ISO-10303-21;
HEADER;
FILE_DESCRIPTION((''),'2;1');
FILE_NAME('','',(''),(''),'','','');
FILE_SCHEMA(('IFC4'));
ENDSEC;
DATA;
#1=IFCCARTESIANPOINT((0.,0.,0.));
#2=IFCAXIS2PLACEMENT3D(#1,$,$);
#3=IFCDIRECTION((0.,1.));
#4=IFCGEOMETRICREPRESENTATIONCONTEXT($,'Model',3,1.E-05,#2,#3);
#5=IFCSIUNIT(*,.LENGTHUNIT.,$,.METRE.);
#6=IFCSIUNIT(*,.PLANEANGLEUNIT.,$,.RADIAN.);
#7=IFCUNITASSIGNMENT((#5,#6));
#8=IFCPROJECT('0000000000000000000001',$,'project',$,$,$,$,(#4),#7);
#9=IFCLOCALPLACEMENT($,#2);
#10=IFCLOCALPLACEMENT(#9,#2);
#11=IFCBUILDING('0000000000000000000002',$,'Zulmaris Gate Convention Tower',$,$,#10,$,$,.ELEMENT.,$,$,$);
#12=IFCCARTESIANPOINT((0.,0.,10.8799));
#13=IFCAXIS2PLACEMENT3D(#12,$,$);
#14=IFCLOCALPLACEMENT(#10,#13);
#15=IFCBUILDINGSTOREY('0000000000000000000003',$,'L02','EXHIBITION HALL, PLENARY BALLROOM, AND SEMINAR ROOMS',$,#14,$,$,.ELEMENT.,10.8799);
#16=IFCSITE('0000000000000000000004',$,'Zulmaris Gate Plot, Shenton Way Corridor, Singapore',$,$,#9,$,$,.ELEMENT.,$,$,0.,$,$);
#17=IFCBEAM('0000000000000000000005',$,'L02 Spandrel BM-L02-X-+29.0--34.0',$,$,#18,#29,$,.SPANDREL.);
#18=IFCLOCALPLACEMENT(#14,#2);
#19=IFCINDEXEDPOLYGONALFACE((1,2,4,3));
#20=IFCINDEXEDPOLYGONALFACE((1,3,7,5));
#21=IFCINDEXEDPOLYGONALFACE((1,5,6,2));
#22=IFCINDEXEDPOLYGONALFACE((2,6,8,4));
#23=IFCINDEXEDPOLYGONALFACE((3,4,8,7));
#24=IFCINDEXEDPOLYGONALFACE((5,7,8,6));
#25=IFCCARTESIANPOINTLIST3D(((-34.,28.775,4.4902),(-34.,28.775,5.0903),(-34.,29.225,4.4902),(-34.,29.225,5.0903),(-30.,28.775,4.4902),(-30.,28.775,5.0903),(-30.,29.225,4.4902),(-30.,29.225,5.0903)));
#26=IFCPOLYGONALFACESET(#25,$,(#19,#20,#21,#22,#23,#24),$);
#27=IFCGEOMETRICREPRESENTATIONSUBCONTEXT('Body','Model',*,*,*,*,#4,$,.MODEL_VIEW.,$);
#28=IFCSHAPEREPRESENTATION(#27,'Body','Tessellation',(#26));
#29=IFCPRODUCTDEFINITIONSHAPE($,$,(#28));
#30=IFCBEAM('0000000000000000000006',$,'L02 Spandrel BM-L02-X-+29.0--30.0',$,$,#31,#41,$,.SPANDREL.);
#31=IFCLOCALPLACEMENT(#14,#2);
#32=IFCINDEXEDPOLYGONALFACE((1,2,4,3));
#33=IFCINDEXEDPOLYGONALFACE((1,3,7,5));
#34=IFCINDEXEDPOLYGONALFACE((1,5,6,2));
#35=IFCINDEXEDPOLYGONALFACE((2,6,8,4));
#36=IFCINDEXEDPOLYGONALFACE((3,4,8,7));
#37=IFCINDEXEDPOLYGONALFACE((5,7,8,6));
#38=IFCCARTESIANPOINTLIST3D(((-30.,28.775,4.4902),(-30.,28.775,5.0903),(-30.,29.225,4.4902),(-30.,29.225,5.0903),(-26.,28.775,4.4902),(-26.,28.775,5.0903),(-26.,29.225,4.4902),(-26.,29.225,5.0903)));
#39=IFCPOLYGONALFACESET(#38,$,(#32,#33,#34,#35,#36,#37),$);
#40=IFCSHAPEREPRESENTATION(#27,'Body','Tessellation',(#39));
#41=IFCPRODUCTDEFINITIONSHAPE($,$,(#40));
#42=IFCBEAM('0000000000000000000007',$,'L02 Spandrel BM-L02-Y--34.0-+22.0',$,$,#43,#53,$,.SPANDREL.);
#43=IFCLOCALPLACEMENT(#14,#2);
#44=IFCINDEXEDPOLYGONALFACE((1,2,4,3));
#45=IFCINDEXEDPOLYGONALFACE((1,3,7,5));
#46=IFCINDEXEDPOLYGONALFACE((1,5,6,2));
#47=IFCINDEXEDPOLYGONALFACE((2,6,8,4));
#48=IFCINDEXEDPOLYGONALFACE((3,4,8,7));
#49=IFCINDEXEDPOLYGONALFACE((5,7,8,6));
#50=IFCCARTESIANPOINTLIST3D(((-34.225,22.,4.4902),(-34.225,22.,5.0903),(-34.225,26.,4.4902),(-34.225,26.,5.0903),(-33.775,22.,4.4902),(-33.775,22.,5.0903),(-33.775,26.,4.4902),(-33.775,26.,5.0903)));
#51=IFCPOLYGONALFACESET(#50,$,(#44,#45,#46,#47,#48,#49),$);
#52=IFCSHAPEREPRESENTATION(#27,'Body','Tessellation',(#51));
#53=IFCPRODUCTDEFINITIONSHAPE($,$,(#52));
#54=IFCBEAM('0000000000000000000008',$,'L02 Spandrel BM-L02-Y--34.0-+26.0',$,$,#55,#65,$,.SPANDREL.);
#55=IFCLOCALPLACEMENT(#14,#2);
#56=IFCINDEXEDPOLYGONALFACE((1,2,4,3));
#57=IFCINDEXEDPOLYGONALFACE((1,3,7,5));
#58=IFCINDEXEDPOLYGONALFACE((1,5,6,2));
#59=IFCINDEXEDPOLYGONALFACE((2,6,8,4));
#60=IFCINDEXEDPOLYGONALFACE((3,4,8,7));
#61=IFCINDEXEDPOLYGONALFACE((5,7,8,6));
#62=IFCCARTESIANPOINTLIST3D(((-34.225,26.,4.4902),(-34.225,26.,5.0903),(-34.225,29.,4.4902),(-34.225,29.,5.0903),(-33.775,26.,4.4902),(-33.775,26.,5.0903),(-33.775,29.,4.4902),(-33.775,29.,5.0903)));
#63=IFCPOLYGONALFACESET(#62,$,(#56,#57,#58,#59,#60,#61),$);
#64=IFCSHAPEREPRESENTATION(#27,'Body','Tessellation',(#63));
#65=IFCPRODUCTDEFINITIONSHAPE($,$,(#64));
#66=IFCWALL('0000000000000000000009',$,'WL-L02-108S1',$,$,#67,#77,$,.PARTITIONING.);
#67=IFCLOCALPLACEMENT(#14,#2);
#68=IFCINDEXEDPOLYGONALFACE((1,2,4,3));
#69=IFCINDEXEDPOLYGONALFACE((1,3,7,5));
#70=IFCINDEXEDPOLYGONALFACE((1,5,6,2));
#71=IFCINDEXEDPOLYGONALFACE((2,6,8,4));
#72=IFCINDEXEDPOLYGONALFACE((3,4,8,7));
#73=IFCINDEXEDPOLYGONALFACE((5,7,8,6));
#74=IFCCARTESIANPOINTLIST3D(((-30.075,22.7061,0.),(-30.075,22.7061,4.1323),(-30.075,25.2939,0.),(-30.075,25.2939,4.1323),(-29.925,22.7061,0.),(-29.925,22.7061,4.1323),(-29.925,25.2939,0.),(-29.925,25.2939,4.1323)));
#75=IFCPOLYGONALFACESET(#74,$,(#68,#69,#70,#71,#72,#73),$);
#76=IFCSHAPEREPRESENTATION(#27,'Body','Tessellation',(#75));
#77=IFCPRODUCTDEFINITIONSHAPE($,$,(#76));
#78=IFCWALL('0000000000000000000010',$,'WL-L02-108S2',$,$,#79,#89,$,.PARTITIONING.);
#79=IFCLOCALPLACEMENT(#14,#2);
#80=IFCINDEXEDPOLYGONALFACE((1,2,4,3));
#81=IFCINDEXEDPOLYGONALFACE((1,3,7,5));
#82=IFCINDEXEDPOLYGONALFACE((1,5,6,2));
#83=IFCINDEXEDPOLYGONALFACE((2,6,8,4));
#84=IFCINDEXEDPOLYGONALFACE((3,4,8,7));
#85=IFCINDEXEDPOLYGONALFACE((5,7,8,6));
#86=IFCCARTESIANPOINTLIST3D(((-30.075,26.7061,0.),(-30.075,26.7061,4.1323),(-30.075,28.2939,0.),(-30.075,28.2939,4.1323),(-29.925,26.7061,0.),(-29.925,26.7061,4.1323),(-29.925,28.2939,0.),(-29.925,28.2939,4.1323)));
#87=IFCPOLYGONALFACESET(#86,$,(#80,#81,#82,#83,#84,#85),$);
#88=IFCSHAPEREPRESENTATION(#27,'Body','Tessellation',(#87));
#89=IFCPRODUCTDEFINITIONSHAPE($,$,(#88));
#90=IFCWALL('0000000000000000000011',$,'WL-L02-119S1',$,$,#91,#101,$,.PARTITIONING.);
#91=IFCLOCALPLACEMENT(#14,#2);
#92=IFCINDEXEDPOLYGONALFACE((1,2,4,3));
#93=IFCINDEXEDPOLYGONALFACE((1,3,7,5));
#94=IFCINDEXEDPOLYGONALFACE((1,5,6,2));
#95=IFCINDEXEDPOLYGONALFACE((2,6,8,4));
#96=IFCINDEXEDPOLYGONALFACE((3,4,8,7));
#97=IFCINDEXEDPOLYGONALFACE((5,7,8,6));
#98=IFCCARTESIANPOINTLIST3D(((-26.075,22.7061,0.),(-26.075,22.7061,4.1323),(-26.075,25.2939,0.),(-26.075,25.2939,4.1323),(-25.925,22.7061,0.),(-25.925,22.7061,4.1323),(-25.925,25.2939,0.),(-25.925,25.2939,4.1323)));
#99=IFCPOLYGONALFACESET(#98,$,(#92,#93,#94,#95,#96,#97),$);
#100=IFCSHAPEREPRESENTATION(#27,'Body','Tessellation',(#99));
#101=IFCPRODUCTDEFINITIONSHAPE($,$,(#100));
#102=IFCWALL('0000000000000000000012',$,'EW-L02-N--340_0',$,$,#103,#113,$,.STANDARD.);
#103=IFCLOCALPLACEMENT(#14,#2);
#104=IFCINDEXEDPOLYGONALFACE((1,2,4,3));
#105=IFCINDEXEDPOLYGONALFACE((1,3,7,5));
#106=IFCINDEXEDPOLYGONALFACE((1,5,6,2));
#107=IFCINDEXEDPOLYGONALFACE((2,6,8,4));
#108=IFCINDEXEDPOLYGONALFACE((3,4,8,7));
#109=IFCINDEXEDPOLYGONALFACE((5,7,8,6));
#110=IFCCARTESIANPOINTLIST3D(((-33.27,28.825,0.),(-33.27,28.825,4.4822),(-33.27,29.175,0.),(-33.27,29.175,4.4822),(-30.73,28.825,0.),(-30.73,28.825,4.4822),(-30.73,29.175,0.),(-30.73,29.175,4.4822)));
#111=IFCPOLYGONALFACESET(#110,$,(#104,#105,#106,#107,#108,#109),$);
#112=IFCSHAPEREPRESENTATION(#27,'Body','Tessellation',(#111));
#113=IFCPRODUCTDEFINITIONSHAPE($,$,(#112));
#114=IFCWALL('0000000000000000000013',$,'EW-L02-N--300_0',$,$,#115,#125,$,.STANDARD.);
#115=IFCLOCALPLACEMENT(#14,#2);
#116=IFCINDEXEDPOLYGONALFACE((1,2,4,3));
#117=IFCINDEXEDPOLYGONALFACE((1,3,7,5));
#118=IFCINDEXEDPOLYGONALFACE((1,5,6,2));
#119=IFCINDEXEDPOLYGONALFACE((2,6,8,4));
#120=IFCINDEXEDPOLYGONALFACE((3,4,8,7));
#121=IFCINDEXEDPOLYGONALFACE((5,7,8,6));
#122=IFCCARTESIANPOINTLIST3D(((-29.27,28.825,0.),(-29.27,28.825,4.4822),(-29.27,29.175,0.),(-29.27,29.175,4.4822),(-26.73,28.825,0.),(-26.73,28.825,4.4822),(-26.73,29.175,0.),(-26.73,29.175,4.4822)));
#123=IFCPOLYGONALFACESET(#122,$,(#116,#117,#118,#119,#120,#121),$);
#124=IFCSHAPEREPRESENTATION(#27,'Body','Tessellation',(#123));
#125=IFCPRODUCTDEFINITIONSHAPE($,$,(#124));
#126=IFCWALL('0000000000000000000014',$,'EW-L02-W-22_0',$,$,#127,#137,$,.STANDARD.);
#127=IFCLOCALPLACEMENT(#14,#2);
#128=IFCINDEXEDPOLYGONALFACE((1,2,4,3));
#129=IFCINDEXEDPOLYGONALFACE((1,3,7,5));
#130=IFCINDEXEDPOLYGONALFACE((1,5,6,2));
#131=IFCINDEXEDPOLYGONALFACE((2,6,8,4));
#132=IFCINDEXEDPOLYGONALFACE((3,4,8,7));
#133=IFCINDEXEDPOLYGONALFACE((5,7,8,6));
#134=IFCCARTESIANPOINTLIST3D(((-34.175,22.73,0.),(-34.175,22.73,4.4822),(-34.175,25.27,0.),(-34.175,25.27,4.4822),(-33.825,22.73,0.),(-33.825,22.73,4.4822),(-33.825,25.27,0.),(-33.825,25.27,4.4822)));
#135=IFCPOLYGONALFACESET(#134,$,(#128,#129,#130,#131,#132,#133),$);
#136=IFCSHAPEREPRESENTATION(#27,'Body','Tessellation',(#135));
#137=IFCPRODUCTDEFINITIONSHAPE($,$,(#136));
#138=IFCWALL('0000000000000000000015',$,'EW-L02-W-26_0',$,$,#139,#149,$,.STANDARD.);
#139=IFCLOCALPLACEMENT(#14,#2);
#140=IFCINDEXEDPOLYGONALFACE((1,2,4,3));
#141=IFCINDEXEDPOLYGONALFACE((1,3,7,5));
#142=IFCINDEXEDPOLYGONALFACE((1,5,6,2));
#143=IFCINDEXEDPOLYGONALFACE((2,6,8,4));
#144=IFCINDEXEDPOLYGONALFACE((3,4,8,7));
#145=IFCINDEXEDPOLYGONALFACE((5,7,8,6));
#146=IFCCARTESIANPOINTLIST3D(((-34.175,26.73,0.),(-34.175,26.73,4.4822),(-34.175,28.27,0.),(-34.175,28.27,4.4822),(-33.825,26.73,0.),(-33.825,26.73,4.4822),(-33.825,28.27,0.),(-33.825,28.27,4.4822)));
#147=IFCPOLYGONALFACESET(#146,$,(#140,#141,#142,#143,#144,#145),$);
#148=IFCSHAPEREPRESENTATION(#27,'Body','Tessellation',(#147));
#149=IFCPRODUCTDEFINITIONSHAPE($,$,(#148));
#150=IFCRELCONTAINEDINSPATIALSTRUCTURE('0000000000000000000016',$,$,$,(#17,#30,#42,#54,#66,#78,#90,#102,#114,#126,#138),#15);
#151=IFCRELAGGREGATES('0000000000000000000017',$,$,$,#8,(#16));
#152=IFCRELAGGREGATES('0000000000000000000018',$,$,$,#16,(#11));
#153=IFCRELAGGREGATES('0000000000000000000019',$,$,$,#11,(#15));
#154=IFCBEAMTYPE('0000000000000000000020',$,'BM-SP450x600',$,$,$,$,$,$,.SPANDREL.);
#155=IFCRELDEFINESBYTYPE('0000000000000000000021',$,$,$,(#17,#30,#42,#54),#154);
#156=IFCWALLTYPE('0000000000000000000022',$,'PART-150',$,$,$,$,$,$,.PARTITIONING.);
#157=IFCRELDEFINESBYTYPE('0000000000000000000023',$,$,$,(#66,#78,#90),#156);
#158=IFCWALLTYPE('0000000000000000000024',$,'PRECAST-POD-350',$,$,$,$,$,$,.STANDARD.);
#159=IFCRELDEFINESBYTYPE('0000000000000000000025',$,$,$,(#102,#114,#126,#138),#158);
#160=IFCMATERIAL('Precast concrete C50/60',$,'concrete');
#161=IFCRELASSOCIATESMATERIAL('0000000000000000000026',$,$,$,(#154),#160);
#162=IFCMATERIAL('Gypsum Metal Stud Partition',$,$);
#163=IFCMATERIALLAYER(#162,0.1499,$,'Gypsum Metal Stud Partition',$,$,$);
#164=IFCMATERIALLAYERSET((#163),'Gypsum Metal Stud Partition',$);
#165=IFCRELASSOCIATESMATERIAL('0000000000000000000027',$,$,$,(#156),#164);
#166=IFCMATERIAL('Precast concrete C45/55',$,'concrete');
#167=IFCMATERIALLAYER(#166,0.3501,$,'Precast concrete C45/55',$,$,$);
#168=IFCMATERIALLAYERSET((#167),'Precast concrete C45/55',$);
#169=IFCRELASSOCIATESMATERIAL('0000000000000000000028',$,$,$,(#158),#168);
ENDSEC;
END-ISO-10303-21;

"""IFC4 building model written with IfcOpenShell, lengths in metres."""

from ifc_helpers import new_model, si_unit, direction, frame, frame_2d, origin, origin_2d, place, context, subcontext, project, spatial, rectangle, extrude, material, layer, layer_set, material_profile, profile_set, type_object, element, save


model = new_model("IFC4")

# Units and contexts
model_context = context("Model", 3, precision=1e-05, world=origin(), true_north=direction((0.0, 1.0)))
body_context = subcontext(model_context, "Body", "Model", "MODEL_VIEW")
ifc_project = project(units=[si_unit("LENGTHUNIT", "METRE"), si_unit("PLANEANGLEUNIT", "RADIAN")], contexts=[model_context])

# Site, building, storey
site_placement = place(None, origin())
site = spatial("IfcSite", under=ifc_project, at=site_placement, Name="Zulmaris Gate Plot, Shenton Way Corridor, Singapore", CompositionType="ELEMENT", RefElevation=0.0)
building_placement = place(site_placement, origin())
building = spatial("IfcBuilding", under=site, at=building_placement, Name="Zulmaris Gate Convention Tower", CompositionType="ELEMENT")
storey_placement = place(building_placement, frame((0.0, 0.0, 10.8799)))
storey = spatial("IfcBuildingStorey", under=building, at=storey_placement, Name="L02", Description="EXHIBITION HALL, PLENARY BALLROOM, AND SEMINAR ROOMS", CompositionType="ELEMENT", Elevation=10.8799)

# Beams
ifc_material_1 = material(Name="Precast concrete C50/60", Category="concrete")
ifc_material_profile_1 = material_profile(ifc_material_1, rectangle(XDim=0.45, YDim=0.6001, at=origin_2d()), Name="RC SPANDREL 450x600")
ifc_profile_set_1 = profile_set([ifc_material_profile_1], Name="Precast concrete C50/60")
beam_type_1 = type_object("IfcBeamType", Name="BM-SP450x600", PredefinedType="SPANDREL", material=ifc_profile_set_1)
for number, where, z_axis, x_axis, name in (
    (1, (-34.0, 29.0, 4.7903), (1.0, 0.0, 0.0), (0.0, 1.0, 0.0), "L02 Spandrel BM-L02-X-+29.0--34.0"),
    (2, (-30.0, 29.0, 4.7903), (1.0, 0.0, 0.0), (0.0, 1.0, 0.0), "L02 Spandrel BM-L02-X-+29.0--30.0"),
    (3, (-34.0, 22.0, 4.7903), (0.0, 1.0, 0.0), (-1.0, 0.0, 0.0), "L02 Spandrel BM-L02-Y--34.0-+22.0"),
):
    element("IfcBeam", number, at=place(storey_placement, frame(where, z_axis=z_axis, x_axis=x_axis)), inside=storey, type_object=beam_type_1, Name=name, PredefinedType="SPANDREL", context=body_context, shape_type="SweptSolid", body=[
        extrude(rectangle(XDim=0.45, YDim=0.6001, at=origin_2d()), origin(), (0.0, 0.0, 1.0), 4.0),
    ])
beam_1_placement = place(storey_placement, frame((-34.0, 26.0, 4.7903), z_axis=(0.0, 1.0, 0.0), x_axis=(-1.0, 0.0, 0.0)))
element("IfcBeam", 4, at=beam_1_placement, inside=storey, type_object=beam_type_1, Name="L02 Spandrel BM-L02-Y--34.0-+26.0", PredefinedType="SPANDREL", context=body_context, shape_type="SweptSolid", body=[
    extrude(rectangle(XDim=0.45, YDim=0.6001, at=origin_2d()), origin(), (0.0, 0.0, 1.0), 3.0),
])

# Walls
ifc_material_2 = material(Name="Gypsum Metal Stud Partition")
ifc_layer_1 = layer(ifc_material_2, 0.1499, Name="Gypsum Metal Stud Partition")
ifc_layer_set_1 = layer_set([ifc_layer_1], Name="Gypsum Metal Stud Partition")
wall_type_1 = type_object("IfcWallType", Name="PART-150", PredefinedType="PARTITIONING", material=ifc_layer_set_1)
wall_1_placement = place(storey_placement, frame((-30.0, 22.7061, 0.0), z_axis=(0.0, 0.0, 1.0), x_axis=(0.0, 1.0, 0.0)))
element("IfcWall", 5, at=wall_1_placement, inside=storey, type_object=wall_type_1, Name="WL-L02-108S1", PredefinedType="PARTITIONING", context=body_context, shape_type="SweptSolid", body=[
    extrude(rectangle(XDim=2.5879, YDim=0.1499, at=frame_2d((1.2939, 0.0))), origin(), (0.0, 0.0, 1.0), 4.1323),
])
wall_2_placement = place(storey_placement, frame((-30.0, 26.7061, 0.0), z_axis=(0.0, 0.0, 1.0), x_axis=(0.0, 1.0, 0.0)))
element("IfcWall", 6, at=wall_2_placement, inside=storey, type_object=wall_type_1, Name="WL-L02-108S2", PredefinedType="PARTITIONING", context=body_context, shape_type="SweptSolid", body=[
    extrude(rectangle(XDim=1.5879, YDim=0.1499, at=frame_2d((0.7939, 0.0))), origin(), (0.0, 0.0, 1.0), 4.1323),
])
wall_3_placement = place(storey_placement, frame((-26.0, 22.7061, 0.0), z_axis=(0.0, 0.0, 1.0), x_axis=(0.0, 1.0, 0.0)))
element("IfcWall", 7, at=wall_3_placement, inside=storey, type_object=wall_type_1, Name="WL-L02-119S1", PredefinedType="PARTITIONING", context=body_context, shape_type="SweptSolid", body=[
    extrude(rectangle(XDim=2.5879, YDim=0.1499, at=frame_2d((1.2939, 0.0))), origin(), (0.0, 0.0, 1.0), 4.1323),
])
ifc_material_3 = material(Name="Precast concrete C45/55", Category="concrete")
ifc_layer_2 = layer(ifc_material_3, 0.3501, Name="Precast concrete C45/55")
ifc_layer_set_2 = layer_set([ifc_layer_2], Name="Precast concrete C45/55")
wall_type_2 = type_object("IfcWallType", Name="PRECAST-POD-350", PredefinedType="STANDARD", material=ifc_layer_set_2)
for number, where, z_axis, x_axis, name in (
    (8, (-30.73, 29.0, 0.0), (0.0, 0.0, 1.0), (-1.0, 0.0, 0.0), "EW-L02-N--340_0"),
    (9, (-26.73, 29.0, 0.0), (0.0, 0.0, 1.0), (-1.0, 0.0, 0.0), "EW-L02-N--300_0"),
    (10, (-34.0, 22.73, 0.0), (0.0, 0.0, 1.0), (0.0, 1.0, 0.0), "EW-L02-W-22_0"),
):
    element("IfcWall", number, at=place(storey_placement, frame(where, z_axis=z_axis, x_axis=x_axis)), inside=storey, type_object=wall_type_2, Name=name, PredefinedType="STANDARD", context=body_context, shape_type="SweptSolid", body=[
        extrude(rectangle(XDim=2.54, YDim=0.3501, at=frame_2d((1.27, 0.0))), origin(), (0.0, 0.0, 1.0), 4.4822),
    ])
wall_4_placement = place(storey_placement, frame((-34.0, 26.73, 0.0), z_axis=(0.0, 0.0, 1.0), x_axis=(0.0, 1.0, 0.0)))
element("IfcWall", 11, at=wall_4_placement, inside=storey, type_object=wall_type_2, Name="EW-L02-W-26_0", PredefinedType="STANDARD", context=body_context, shape_type="SweptSolid", body=[
    extrude(rectangle(XDim=1.54, YDim=0.3501, at=frame_2d((0.77, 0.0))), origin(), (0.0, 0.0, 1.0), 4.4822),
])

save(model, "model.ifc")
